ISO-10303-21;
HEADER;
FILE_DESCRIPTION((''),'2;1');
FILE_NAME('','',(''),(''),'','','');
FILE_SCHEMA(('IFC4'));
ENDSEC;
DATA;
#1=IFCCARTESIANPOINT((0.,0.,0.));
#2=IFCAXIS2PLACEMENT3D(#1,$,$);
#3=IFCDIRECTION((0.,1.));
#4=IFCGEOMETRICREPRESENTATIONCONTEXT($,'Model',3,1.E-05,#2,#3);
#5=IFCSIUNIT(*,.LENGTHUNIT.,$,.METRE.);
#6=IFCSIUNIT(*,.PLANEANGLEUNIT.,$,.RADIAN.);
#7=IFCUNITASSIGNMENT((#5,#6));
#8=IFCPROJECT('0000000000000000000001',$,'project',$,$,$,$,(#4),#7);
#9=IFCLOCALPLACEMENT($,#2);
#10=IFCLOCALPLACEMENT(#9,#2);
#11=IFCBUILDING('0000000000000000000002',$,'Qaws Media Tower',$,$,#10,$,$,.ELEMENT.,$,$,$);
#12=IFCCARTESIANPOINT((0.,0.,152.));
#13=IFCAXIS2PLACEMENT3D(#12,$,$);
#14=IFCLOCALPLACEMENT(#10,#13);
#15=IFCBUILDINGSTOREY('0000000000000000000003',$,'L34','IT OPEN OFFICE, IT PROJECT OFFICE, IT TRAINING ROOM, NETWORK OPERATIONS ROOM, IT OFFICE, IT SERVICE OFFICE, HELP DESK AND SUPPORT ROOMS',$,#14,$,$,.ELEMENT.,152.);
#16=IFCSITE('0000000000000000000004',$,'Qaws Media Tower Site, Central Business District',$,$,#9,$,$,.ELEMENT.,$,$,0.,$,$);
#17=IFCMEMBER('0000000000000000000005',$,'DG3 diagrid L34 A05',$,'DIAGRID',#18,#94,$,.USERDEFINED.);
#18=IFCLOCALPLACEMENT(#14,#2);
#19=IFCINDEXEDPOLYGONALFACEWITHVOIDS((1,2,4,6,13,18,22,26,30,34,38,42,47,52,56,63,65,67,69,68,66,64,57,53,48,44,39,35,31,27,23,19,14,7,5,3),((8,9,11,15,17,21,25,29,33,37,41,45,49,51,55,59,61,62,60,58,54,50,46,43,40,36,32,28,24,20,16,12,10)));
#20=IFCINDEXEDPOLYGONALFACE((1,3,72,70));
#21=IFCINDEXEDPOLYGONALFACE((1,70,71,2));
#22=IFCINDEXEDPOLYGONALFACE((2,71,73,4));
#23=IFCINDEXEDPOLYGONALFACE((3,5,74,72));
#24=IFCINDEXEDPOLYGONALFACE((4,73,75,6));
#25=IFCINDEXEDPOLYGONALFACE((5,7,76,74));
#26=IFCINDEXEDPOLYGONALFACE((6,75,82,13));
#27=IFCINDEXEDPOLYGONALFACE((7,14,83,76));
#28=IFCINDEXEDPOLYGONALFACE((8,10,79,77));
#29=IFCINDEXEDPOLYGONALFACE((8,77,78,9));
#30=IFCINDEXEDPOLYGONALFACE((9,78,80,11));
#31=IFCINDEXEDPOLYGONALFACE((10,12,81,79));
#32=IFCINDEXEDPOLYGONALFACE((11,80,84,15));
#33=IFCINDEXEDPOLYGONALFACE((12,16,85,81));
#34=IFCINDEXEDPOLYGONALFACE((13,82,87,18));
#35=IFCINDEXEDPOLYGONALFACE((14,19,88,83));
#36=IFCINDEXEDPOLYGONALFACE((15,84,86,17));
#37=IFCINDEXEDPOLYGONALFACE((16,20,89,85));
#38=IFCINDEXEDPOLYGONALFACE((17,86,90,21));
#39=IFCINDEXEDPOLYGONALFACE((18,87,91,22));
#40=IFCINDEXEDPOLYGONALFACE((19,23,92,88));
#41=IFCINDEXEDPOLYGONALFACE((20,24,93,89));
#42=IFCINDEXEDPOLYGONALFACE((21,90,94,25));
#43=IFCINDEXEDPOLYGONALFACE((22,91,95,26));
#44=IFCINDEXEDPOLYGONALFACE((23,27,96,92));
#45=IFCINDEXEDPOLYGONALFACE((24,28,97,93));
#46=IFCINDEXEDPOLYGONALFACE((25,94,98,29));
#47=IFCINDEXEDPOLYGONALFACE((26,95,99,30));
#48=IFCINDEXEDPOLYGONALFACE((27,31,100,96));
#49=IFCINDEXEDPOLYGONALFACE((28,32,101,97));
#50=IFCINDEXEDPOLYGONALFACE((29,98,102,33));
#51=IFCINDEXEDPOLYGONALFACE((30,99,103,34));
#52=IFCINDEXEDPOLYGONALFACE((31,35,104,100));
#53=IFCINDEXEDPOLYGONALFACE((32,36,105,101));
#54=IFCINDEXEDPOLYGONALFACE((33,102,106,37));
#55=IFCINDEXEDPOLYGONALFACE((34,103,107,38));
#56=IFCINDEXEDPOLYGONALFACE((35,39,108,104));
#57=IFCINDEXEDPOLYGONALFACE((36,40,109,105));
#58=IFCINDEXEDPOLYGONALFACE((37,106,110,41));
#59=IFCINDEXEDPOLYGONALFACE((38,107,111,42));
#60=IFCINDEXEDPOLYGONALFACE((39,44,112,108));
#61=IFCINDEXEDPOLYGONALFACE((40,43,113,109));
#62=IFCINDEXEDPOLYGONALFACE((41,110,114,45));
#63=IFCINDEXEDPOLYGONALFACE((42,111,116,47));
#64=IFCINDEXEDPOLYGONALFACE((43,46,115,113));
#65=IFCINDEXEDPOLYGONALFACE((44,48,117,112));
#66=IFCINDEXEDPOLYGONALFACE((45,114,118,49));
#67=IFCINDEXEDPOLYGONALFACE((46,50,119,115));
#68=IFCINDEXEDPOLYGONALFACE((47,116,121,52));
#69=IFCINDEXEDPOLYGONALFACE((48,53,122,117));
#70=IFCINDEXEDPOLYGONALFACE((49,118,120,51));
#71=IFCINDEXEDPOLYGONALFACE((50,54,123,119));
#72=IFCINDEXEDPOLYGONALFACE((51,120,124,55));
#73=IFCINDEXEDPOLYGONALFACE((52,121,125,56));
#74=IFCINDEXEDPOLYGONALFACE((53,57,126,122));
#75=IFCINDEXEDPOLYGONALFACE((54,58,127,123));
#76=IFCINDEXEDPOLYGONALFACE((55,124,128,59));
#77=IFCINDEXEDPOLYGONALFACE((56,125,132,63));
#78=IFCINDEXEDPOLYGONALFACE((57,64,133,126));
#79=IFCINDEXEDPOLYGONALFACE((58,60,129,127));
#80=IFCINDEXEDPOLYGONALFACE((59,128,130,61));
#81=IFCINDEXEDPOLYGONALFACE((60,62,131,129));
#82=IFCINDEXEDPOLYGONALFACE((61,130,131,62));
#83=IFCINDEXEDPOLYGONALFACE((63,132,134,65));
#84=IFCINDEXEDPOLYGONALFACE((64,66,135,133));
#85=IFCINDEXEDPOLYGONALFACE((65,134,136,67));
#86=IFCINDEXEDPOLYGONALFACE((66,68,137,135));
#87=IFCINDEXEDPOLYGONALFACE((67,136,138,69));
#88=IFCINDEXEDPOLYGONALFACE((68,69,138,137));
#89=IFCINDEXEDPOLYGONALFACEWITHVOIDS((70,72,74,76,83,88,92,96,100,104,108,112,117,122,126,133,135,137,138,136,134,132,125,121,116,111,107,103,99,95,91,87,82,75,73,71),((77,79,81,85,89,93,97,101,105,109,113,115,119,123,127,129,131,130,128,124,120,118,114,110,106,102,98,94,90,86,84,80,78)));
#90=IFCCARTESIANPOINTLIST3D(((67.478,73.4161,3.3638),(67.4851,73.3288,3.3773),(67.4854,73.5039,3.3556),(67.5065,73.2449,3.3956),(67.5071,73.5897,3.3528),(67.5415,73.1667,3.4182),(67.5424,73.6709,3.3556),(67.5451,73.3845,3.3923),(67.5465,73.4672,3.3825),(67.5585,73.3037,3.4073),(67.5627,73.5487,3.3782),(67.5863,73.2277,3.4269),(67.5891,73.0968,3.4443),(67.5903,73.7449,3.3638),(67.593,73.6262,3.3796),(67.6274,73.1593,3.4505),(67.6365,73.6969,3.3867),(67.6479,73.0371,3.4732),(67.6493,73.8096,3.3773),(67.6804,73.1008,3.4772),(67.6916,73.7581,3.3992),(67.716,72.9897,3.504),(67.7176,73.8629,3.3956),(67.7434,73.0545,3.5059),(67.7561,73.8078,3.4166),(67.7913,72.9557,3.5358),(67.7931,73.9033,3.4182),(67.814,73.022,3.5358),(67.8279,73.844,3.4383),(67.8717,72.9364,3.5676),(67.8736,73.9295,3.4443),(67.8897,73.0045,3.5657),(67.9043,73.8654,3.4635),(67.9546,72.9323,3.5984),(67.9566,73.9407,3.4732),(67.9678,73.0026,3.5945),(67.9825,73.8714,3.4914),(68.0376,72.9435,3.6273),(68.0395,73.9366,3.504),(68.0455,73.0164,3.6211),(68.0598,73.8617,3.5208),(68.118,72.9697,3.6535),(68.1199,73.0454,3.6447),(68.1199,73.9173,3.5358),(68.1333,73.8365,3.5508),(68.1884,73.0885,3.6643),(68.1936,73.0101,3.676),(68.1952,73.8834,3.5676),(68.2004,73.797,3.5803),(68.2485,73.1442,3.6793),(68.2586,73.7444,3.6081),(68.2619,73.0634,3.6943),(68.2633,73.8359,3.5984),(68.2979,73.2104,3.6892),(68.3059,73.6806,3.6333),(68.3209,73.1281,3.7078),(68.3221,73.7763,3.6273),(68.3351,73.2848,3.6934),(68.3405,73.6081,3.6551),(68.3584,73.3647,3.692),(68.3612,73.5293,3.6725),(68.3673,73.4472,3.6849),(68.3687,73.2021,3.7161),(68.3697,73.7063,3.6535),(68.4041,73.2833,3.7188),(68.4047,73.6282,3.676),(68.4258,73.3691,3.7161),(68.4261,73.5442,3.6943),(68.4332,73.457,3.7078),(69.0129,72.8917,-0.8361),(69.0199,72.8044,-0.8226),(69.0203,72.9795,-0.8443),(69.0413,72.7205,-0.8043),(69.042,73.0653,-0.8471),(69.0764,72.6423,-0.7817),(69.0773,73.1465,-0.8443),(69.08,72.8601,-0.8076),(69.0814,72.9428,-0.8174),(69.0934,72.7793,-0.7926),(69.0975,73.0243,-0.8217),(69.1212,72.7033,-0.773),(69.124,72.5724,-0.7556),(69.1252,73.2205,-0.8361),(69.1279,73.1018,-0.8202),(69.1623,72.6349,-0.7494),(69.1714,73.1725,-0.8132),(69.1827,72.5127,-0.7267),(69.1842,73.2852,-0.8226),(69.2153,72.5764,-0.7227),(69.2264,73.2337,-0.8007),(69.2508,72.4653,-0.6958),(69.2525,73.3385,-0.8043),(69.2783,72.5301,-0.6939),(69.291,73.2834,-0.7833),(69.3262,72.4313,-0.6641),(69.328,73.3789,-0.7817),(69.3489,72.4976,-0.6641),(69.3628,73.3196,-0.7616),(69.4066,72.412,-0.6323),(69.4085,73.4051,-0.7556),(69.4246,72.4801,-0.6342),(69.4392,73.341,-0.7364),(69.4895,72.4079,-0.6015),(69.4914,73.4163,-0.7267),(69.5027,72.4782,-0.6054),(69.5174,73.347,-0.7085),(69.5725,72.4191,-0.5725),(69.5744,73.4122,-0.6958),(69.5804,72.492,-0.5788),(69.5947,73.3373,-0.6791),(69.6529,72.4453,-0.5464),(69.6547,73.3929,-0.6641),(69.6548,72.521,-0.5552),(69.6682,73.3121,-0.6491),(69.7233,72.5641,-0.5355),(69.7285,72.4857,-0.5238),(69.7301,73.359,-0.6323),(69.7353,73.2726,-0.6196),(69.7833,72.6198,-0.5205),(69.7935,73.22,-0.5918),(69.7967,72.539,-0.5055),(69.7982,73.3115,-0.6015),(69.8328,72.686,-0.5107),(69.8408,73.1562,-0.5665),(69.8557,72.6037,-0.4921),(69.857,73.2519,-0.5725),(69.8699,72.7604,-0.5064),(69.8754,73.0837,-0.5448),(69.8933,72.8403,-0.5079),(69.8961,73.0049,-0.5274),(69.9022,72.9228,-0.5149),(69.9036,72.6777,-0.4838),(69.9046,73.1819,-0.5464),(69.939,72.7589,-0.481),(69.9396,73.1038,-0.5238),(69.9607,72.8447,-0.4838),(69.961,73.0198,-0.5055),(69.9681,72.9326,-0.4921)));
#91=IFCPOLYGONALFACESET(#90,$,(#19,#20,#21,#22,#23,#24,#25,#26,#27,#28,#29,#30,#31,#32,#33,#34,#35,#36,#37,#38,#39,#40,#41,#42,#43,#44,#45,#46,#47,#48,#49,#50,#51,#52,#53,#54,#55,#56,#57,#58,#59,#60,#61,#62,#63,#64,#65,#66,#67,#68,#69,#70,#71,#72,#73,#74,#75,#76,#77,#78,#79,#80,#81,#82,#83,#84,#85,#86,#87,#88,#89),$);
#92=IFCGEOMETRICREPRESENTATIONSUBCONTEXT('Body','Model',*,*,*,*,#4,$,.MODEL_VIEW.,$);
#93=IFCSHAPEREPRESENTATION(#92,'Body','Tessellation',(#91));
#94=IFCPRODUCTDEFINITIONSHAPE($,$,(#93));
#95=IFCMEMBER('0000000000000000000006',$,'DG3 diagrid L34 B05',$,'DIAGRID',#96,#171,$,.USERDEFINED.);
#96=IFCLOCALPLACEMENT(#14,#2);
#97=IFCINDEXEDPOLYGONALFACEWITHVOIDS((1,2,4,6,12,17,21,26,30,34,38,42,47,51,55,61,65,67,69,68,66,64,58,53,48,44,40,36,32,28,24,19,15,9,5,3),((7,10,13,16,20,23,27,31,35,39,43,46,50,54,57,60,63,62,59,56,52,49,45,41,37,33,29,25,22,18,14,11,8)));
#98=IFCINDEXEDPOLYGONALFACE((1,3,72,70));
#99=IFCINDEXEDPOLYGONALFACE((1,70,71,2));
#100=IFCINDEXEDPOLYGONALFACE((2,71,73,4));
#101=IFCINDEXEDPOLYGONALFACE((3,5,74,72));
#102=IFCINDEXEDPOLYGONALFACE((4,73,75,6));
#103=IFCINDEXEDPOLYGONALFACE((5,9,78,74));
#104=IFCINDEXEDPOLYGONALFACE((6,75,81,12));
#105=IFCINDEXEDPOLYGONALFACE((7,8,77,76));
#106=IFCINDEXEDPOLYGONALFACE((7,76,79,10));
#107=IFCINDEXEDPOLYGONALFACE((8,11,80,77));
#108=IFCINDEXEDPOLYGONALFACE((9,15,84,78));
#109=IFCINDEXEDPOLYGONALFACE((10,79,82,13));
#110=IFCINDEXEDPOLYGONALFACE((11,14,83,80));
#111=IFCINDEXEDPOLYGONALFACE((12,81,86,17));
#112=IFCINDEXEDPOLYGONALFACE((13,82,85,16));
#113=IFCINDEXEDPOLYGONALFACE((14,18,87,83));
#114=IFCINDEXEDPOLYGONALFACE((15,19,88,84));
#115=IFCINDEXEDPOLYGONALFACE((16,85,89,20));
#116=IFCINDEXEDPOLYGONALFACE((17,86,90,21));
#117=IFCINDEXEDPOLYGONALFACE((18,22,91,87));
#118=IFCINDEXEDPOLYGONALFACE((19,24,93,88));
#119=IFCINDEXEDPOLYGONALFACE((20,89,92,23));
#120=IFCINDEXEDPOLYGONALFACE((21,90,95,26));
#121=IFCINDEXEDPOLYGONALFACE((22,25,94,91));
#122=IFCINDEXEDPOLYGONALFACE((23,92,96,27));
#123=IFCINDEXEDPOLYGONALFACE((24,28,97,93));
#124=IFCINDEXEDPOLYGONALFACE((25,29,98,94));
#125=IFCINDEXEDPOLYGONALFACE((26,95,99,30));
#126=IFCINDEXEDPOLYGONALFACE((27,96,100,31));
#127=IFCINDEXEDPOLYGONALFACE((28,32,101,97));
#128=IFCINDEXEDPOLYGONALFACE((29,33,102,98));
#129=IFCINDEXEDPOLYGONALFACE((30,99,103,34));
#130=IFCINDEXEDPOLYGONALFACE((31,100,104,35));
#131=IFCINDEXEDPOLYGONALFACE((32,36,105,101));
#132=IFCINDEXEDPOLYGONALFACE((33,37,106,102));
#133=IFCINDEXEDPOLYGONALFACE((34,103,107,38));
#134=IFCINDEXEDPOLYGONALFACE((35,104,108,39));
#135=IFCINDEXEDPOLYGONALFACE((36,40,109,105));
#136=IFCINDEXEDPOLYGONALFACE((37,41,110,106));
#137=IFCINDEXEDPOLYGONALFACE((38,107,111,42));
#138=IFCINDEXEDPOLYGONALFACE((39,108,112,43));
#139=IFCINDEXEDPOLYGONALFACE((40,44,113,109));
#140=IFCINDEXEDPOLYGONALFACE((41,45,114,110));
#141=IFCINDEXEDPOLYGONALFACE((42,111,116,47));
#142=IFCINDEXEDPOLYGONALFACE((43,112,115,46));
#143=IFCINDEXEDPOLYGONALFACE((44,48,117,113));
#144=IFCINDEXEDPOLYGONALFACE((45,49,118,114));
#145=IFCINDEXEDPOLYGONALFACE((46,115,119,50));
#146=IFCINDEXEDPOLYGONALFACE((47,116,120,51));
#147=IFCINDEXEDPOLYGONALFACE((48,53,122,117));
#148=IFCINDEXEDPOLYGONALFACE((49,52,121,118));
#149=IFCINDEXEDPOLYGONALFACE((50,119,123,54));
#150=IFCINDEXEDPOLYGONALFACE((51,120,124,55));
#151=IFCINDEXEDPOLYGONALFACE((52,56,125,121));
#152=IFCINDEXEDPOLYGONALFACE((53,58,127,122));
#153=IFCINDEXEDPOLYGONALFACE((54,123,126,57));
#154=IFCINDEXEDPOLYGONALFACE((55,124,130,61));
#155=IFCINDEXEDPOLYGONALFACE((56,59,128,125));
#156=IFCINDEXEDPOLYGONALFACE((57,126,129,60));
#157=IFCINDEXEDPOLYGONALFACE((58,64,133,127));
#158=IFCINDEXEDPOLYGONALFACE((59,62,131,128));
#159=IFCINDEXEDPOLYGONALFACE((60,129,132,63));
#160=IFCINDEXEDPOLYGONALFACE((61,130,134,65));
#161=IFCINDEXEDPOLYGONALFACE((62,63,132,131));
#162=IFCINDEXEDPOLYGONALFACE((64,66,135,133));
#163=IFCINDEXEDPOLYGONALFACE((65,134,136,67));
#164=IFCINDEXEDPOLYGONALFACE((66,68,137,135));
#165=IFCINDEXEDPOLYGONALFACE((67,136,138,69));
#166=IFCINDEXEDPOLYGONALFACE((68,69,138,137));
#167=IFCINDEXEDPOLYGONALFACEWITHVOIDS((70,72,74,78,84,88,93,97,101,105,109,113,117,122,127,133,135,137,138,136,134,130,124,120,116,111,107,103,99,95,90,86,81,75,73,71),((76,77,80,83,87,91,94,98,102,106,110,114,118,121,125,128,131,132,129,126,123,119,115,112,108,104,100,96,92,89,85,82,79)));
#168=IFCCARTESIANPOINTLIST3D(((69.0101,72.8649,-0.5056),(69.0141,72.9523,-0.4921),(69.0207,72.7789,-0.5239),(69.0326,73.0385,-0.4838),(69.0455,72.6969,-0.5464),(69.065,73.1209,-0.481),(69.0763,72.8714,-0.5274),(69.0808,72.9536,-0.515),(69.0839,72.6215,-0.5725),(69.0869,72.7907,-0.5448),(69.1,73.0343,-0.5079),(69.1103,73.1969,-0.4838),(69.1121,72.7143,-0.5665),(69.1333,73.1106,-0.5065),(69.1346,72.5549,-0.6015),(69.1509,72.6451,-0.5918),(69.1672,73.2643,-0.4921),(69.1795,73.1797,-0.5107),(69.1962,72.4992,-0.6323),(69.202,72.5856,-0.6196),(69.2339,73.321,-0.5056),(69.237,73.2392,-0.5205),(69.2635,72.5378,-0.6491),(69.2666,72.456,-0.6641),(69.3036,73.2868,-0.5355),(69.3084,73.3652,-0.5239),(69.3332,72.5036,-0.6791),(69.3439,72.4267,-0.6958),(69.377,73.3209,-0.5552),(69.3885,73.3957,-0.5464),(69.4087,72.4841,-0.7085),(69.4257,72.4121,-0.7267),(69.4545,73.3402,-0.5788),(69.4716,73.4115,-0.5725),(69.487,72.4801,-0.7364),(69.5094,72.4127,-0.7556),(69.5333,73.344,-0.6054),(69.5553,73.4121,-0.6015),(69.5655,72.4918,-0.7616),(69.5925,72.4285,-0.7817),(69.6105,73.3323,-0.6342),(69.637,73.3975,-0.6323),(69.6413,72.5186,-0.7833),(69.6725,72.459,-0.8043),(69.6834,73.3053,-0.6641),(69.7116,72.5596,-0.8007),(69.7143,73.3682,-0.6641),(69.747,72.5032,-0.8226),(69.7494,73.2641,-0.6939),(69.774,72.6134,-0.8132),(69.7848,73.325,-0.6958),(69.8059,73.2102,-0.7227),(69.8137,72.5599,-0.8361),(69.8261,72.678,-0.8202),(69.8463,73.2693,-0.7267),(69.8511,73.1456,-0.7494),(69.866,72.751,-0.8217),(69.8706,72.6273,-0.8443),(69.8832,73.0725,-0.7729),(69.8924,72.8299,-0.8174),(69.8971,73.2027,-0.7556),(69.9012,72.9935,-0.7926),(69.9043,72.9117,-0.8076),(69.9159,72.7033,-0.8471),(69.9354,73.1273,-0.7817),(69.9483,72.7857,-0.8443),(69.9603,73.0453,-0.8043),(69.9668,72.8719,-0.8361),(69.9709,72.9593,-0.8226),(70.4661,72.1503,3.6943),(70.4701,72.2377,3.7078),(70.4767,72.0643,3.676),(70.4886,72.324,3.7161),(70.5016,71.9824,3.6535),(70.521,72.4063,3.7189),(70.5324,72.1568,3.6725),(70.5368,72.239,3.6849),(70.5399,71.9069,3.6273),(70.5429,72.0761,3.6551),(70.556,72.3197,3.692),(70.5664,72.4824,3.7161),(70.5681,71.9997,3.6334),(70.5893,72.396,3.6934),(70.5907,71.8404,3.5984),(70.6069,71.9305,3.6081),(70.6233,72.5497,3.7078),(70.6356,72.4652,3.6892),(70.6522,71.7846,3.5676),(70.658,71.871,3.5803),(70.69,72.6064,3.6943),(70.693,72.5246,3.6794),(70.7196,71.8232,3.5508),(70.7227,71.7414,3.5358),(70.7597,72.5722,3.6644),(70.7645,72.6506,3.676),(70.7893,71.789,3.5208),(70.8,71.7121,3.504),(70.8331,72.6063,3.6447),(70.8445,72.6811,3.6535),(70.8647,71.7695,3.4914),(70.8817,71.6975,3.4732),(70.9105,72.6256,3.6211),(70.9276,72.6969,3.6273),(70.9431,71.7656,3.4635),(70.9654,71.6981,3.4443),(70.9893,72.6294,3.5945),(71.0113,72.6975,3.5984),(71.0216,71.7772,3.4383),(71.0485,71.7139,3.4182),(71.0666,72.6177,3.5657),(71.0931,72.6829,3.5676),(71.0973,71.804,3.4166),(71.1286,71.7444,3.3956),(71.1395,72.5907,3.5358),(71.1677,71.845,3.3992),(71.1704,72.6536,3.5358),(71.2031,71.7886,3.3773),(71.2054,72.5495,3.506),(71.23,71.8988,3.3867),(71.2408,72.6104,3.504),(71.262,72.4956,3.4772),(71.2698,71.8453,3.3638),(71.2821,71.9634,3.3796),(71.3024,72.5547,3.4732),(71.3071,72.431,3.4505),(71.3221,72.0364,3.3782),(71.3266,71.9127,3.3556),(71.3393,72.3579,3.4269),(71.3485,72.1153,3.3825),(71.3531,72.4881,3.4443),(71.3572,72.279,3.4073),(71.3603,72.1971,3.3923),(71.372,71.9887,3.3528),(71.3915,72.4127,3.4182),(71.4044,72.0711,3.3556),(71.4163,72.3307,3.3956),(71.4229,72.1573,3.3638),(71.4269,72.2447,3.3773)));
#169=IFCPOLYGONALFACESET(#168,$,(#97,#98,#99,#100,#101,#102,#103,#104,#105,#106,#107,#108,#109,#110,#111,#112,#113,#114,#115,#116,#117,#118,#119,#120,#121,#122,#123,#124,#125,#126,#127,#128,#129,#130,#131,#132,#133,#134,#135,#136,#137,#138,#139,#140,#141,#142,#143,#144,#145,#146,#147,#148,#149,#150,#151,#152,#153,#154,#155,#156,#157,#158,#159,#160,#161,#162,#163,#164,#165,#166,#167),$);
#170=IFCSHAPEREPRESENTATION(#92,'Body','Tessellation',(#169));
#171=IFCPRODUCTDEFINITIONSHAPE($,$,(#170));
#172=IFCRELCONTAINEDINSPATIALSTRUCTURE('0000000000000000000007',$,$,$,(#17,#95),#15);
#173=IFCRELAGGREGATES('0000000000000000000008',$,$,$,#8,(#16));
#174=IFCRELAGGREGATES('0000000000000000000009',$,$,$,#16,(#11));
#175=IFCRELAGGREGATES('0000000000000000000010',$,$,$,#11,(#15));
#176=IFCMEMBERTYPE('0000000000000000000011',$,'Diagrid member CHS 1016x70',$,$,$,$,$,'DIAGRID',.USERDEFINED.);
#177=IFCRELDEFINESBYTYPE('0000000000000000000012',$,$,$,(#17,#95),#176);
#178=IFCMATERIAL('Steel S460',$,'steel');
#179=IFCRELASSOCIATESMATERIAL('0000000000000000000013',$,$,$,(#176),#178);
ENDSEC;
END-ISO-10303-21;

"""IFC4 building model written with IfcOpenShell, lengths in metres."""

from ifc_helpers import new_model, si_unit, direction, frame, origin, origin_2d, place, context, subcontext, project, spatial, hollow_circle, extrude, material, material_profile, profile_set, type_object, element, save


model = new_model("IFC4")

# Units and contexts
model_context = context("Model", 3, precision=1e-05, world=origin(), true_north=direction((0.0, 1.0)))
body_context = subcontext(model_context, "Body", "Model", "MODEL_VIEW")
ifc_project = project(units=[si_unit("LENGTHUNIT", "METRE"), si_unit("PLANEANGLEUNIT", "RADIAN")], contexts=[model_context])

# Site, building, storey
site_placement = place(None, origin())
site = spatial("IfcSite", under=ifc_project, at=site_placement, Name="Qaws Media Tower Site, Central Business District", CompositionType="ELEMENT", RefElevation=0.0)
building_placement = place(site_placement, origin())
building = spatial("IfcBuilding", under=site, at=building_placement, Name="Qaws Media Tower", CompositionType="ELEMENT")
storey_placement = place(building_placement, frame((0.0, 0.0, 152.0)))
storey = spatial("IfcBuildingStorey", under=building, at=storey_placement, Name="L34", Description="IT OPEN OFFICE, IT PROJECT OFFICE, IT TRAINING ROOM, NETWORK OPERATIONS ROOM, IT OFFICE, IT SERVICE OFFICE, HELP DESK AND SUPPORT ROOMS", CompositionType="ELEMENT", Elevation=152.0)

# Members
ifc_material_1 = material(Name="Steel S460", Category="steel")
ifc_material_profile_1 = material_profile(ifc_material_1, hollow_circle(Radius=0.5081, WallThickness=0.0701, at=origin_2d()), Name="CHS 1016x70")
ifc_profile_set_1 = profile_set([ifc_material_profile_1], Name="Steel S460")
member_type_1 = type_object("IfcMemberType", Name="Diagrid member CHS 1016x70", ElementType="DIAGRID", PredefinedType="USERDEFINED", material=ifc_profile_set_1)
for number, where, z_axis, x_axis, name in (
    (1, (69.4905, 72.9121, -0.6641), (-0.340919, 0.116477, 0.932849), (-0.323308, -0.946294, 0.0), "DG3 diagrid L34 A05"),
    (2, (69.4905, 72.9121, -0.6641), (0.323405, -0.15872, 0.932854), (0.440578, 0.897714, 0.0), "DG3 diagrid L34 B05"),
):
    element("IfcMember", number, at=place(storey_placement, frame(where, z_axis=z_axis, x_axis=x_axis)), inside=storey, type_object=member_type_1, Name=name, ObjectType="DIAGRID", PredefinedType="USERDEFINED", context=body_context, shape_type="SweptSolid", body=[
        extrude(hollow_circle(Radius=0.5081, WallThickness=0.0701, at=origin_2d()), origin(), (0.0, 0.0, 1.0), 4.5022),
    ])

save(model, "model.ifc")
